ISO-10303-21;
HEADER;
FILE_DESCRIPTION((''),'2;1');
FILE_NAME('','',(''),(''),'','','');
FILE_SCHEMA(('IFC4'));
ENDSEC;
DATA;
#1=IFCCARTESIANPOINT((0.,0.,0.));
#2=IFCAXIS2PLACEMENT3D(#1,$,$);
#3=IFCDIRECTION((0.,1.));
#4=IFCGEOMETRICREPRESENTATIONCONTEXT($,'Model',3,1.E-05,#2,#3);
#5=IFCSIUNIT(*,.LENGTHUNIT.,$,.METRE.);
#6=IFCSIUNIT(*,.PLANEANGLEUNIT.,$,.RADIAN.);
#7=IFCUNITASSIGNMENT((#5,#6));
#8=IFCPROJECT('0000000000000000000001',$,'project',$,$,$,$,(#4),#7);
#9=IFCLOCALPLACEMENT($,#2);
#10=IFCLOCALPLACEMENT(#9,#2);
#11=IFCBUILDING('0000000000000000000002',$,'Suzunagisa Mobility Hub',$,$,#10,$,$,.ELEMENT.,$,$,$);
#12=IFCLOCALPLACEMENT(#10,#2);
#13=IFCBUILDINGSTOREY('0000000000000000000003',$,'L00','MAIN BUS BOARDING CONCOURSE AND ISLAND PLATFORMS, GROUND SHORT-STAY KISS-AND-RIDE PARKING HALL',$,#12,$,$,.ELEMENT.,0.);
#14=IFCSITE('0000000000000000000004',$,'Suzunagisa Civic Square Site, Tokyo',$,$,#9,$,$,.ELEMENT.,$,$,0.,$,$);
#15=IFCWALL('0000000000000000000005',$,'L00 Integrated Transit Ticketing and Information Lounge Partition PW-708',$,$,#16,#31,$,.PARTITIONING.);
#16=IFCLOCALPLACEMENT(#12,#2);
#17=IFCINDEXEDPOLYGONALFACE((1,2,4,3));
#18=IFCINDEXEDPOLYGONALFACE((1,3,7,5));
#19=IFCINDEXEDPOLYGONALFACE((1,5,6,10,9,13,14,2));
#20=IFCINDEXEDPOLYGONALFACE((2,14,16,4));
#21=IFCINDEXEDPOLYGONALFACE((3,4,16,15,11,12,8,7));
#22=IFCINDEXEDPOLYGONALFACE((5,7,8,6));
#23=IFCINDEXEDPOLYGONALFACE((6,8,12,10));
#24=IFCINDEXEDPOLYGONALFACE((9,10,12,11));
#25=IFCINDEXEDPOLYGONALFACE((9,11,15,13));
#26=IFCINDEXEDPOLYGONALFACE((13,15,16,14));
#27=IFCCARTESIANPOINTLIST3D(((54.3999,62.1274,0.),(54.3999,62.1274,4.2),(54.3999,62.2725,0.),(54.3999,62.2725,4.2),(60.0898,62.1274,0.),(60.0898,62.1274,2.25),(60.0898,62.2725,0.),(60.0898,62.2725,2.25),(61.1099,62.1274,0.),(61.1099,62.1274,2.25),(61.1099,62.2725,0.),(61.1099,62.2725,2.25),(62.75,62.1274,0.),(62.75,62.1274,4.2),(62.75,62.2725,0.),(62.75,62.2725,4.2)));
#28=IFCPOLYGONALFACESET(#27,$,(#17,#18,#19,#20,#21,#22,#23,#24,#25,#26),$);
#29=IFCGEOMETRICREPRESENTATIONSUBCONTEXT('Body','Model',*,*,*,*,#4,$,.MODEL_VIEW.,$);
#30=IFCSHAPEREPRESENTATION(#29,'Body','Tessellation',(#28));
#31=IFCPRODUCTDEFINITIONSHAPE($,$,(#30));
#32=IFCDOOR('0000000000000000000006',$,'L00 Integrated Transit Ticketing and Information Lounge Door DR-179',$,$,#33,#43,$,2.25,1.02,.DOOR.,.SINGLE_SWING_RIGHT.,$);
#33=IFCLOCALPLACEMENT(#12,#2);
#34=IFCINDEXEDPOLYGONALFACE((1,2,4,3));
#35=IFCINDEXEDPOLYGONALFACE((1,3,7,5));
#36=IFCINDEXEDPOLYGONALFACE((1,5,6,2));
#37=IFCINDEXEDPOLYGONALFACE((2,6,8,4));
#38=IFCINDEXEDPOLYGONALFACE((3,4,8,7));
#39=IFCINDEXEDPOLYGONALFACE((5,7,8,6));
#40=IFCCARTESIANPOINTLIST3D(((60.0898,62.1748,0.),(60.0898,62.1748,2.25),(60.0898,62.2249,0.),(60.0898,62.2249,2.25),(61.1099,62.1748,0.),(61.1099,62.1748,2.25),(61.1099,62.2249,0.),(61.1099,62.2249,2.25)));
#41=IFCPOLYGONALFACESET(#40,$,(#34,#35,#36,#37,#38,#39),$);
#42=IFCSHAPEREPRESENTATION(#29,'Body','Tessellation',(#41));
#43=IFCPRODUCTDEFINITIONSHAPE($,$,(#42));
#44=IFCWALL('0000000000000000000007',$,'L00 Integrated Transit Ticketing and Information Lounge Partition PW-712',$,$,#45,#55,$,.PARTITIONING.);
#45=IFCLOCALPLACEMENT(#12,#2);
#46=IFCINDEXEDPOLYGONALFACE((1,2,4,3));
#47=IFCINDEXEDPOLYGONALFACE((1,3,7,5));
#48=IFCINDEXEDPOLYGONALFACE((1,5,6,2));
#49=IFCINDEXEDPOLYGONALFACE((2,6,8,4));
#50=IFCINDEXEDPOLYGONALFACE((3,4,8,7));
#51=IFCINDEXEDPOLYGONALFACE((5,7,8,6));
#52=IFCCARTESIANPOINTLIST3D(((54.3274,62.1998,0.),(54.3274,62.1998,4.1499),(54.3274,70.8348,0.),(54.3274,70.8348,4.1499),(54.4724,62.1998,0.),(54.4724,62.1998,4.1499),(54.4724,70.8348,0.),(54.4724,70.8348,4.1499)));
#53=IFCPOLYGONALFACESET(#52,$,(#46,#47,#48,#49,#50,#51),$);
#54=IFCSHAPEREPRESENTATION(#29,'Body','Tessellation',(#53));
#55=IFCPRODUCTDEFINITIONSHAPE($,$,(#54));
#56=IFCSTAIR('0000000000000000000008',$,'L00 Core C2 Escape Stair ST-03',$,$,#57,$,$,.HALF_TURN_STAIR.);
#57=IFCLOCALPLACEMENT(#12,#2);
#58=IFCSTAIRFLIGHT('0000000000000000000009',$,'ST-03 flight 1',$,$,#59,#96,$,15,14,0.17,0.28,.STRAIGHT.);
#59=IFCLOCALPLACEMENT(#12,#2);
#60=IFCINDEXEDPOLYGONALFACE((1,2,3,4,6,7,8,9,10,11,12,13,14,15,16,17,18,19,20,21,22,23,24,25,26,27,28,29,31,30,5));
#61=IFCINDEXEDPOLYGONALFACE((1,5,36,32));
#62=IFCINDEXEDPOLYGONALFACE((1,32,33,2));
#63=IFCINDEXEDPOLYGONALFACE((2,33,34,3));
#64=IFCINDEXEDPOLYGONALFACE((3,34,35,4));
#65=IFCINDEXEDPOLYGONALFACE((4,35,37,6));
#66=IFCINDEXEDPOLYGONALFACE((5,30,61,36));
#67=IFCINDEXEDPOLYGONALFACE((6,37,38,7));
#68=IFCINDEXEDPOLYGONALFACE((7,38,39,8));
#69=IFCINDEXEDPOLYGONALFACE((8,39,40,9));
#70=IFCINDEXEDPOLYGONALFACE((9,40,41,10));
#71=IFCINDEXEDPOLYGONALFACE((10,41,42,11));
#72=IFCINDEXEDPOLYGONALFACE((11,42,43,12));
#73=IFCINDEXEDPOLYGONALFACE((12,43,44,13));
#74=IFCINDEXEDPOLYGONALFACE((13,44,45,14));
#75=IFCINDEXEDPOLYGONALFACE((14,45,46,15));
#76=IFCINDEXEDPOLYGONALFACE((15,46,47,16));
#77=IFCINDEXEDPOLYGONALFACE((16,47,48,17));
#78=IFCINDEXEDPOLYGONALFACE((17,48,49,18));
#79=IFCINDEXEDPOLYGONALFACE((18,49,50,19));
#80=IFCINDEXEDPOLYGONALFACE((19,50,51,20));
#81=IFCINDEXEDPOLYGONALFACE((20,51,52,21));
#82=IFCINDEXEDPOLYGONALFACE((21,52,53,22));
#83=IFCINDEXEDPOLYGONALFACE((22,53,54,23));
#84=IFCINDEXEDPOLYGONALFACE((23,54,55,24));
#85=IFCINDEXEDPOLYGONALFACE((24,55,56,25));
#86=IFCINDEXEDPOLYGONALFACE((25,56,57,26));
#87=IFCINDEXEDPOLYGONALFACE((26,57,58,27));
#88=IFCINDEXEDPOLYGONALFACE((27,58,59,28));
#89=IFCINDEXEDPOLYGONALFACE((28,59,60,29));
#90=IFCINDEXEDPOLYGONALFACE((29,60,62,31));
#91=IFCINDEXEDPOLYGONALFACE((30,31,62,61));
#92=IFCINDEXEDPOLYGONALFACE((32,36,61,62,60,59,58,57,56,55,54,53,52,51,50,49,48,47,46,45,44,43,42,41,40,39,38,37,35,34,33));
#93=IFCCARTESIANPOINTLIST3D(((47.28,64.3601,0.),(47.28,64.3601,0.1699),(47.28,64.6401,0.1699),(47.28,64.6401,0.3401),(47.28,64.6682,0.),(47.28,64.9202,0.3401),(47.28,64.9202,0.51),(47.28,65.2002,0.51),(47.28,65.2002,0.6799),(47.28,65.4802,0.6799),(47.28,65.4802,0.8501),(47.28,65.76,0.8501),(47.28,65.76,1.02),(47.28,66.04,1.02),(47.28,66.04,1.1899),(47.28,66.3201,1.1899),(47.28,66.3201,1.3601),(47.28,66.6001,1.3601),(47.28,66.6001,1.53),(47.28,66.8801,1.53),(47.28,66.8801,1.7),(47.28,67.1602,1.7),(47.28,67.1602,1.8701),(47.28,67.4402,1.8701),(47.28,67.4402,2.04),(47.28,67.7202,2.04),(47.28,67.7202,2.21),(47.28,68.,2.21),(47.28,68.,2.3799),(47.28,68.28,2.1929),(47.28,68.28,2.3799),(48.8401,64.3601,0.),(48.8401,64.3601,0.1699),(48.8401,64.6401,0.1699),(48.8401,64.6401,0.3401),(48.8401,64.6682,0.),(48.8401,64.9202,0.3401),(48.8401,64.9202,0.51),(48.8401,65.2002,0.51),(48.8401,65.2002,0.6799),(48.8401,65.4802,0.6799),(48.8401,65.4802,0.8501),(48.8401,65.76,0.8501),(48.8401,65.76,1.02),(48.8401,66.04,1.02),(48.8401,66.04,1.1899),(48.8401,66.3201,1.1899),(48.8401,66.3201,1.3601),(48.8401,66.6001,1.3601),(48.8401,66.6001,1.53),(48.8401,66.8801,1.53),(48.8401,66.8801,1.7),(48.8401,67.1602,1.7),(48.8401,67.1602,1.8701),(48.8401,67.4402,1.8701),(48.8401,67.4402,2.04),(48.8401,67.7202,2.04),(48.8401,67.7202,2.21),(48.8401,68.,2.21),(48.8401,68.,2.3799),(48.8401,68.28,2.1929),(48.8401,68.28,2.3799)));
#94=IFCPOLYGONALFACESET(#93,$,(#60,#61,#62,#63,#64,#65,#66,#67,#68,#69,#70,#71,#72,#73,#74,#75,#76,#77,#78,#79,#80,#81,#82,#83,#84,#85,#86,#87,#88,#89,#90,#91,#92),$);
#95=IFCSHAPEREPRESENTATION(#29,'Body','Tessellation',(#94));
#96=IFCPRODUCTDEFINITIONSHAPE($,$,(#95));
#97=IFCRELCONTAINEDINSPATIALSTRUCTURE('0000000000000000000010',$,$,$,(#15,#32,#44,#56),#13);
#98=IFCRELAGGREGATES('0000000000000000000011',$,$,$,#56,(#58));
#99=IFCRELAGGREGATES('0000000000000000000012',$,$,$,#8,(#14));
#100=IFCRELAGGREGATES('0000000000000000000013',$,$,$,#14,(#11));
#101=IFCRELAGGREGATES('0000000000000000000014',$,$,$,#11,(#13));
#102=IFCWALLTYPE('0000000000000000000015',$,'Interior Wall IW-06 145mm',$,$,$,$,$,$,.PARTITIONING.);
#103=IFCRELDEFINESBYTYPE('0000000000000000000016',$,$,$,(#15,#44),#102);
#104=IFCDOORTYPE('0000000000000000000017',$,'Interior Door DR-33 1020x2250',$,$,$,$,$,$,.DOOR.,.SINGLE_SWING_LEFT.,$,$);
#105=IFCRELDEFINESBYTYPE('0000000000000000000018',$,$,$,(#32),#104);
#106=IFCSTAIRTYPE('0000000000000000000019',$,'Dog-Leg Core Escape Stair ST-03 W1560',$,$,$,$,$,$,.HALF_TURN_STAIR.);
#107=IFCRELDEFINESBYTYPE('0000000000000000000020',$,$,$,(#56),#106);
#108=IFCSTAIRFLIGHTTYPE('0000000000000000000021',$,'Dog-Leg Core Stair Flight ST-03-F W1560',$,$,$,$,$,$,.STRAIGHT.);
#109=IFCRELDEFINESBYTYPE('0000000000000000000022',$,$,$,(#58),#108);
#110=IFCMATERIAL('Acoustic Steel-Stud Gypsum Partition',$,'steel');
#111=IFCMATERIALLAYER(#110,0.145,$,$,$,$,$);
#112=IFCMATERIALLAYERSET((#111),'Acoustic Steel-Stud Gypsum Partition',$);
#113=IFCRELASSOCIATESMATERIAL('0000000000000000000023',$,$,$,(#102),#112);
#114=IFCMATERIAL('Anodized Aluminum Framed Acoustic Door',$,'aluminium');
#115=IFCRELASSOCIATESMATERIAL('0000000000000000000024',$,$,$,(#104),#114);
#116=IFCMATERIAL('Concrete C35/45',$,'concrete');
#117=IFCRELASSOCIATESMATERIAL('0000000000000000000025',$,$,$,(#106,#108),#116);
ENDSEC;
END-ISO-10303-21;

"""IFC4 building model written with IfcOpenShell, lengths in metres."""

from ifc_helpers import new_model, si_unit, direction, frame, frame_2d, origin, place, context, subcontext, project, spatial, polyline, rectangle, outline, extrude, material, layer, layer_set, type_object, element, fill, aggregate, save


model = new_model("IFC4")

# Units and contexts
model_context = context("Model", 3, precision=1e-05, world=origin(), true_north=direction((0.0, 1.0)))
body_context = subcontext(model_context, "Body", "Model", "MODEL_VIEW")
ifc_project = project(units=[si_unit("LENGTHUNIT", "METRE"), si_unit("PLANEANGLEUNIT", "RADIAN")], contexts=[model_context])

# Site, building, storey
site_placement = place(None, origin())
site = spatial("IfcSite", under=ifc_project, at=site_placement, Name="Suzunagisa Civic Square Site, Tokyo", CompositionType="ELEMENT", RefElevation=0.0)
building_placement = place(site_placement, origin())
building = spatial("IfcBuilding", under=site, at=building_placement, Name="Suzunagisa Mobility Hub", CompositionType="ELEMENT")
storey_placement = place(building_placement, origin())
storey = spatial("IfcBuildingStorey", under=building, at=storey_placement, Name="L00", Description="MAIN BUS BOARDING CONCOURSE AND ISLAND PLATFORMS, GROUND SHORT-STAY KISS-AND-RIDE PARKING HALL", CompositionType="ELEMENT", Elevation=0.0)

# Wall, opening, door
ifc_material_1 = material(Name="Concrete C35/45", Category="concrete")
ifc_material_2 = material(Name="Acoustic Steel-Stud Gypsum Partition", Category="steel")
ifc_layer_1 = layer(ifc_material_2, 0.145)
ifc_layer_set_1 = layer_set([ifc_layer_1], Name="Acoustic Steel-Stud Gypsum Partition")
wall_type_1 = type_object("IfcWallType", Name="Interior Wall IW-06 145mm", PredefinedType="PARTITIONING", material=ifc_layer_set_1)
wall_1_placement = place(storey_placement, frame((54.3999, 62.2, 0.0), z_axis=(0.0, 0.0, 1.0), x_axis=(1.0, 0.0, 0.0)))
wall_1 = element("IfcWall", 1, at=wall_1_placement, inside=storey, type_object=wall_type_1, Name="L00 Integrated Transit Ticketing and Information Lounge Partition PW-708", PredefinedType="PARTITIONING", context=body_context, shape_type="SweptSolid", body=[
    extrude(rectangle(XDim=8.3501, YDim=0.145, at=frame_2d((4.175, 0.0))), origin(), (0.0, 0.0, 1.0), 4.2),
])
opening_1_placement = place(wall_1_placement, frame((5.6899, 0.0, 0.0)))
opening_1 = element("IfcOpeningElement", 2, at=opening_1_placement, cuts=wall_1, PredefinedType="OPENING", context=body_context, shape_type="SweptSolid", body=[
    extrude(rectangle(XDim=1.02, YDim=2.25, at=frame_2d((0.51, 1.125))), frame((0.0, 0.0835, 0.0), z_axis=(0.0, -1.0, 0.0), x_axis=(1.0, 0.0, 0.0)), (0.0, 0.0, 1.0), 0.167),
])
ifc_material_3 = material(Name="Anodized Aluminum Framed Acoustic Door", Category="aluminium")
door_type_1 = type_object("IfcDoorType", Name="Interior Door DR-33 1020x2250", OperationType="SINGLE_SWING_LEFT", PredefinedType="DOOR", material=ifc_material_3)
door_1_placement = place(opening_1_placement, origin())
door_1 = element("IfcDoor", 3, at=door_1_placement, inside=storey, type_object=door_type_1, Name="L00 Integrated Transit Ticketing and Information Lounge Door DR-179", OperationType="SINGLE_SWING_RIGHT", OverallHeight=2.25, OverallWidth=1.02, PredefinedType="DOOR", context=body_context, shape_type="SweptSolid", body=[
    extrude(rectangle(XDim=1.02, YDim=2.25, at=frame_2d((0.51, 1.125))), frame((0.0, 0.0249, 0.0), z_axis=(0.0, -1.0, 0.0), x_axis=(1.0, 0.0, 0.0)), (0.0, 0.0, 1.0), 0.05),
])
fill(opening_1, door_1)

# Wall
wall_2_placement = place(storey_placement, frame((54.3999, 62.2, 0.0), z_axis=(0.0, 0.0, 1.0), x_axis=(0.0, 1.0, 0.0)))
element("IfcWall", 4, at=wall_2_placement, inside=storey, type_object=wall_type_1, Name="L00 Integrated Transit Ticketing and Information Lounge Partition PW-712", PredefinedType="PARTITIONING", context=body_context, shape_type="SweptSolid", body=[
    extrude(rectangle(XDim=8.635, YDim=0.145, at=frame_2d((4.3174, 0.0))), origin(), (0.0, 0.0, 1.0), 4.1499),
])

# Stair, stair flight
stair_type = type_object("IfcStairType", Name="Dog-Leg Core Escape Stair ST-03 W1560", PredefinedType="HALF_TURN_STAIR", material=ifc_material_1)
stair_placement = place(storey_placement, origin())
stair = element("IfcStair", 5, at=stair_placement, inside=storey, type_object=stair_type, Name="L00 Core C2 Escape Stair ST-03", PredefinedType="HALF_TURN_STAIR")
stair_flight_type = type_object("IfcStairFlightType", Name="Dog-Leg Core Stair Flight ST-03-F W1560", PredefinedType="STRAIGHT", material=ifc_material_1)
stair_flight_placement = place(storey_placement, frame((48.0601, 64.3601, 0.0), z_axis=(0.0, 0.0, 1.0), x_axis=(0.0, 1.0, 0.0)))
stair_flight = element("IfcStairFlight", 6, at=stair_flight_placement, type_object=stair_flight_type, Name="ST-03 flight 1", NumberOfRisers=15, NumberOfTreads=14, PredefinedType="STRAIGHT", RiserHeight=0.17, TreadLength=0.28, context=body_context, shape_type="SweptSolid", body=[
    extrude(outline(polyline([(0.0, 0.0), (0.0, 0.1699), (0.28, 0.1699), (0.28, 0.3401), (0.5601, 0.3401), (0.5601, 0.51), (0.8401, 0.51), (0.8401, 0.6799), (1.1201, 0.6799), (1.1201, 0.8501), (1.3999, 0.8501), (1.3999, 1.02), (1.6799, 1.02), (1.6799, 1.1899), (1.96, 1.1899), (1.96, 1.3601), (2.24, 1.3601), (2.24, 1.53), (2.52, 1.53), (2.52, 1.7), (2.8, 1.7), (2.8, 1.8701), (3.0801, 1.8701), (3.0801, 2.04), (3.3601, 2.04), (3.3601, 2.21), (3.6399, 2.21), (3.6399, 2.3799), (3.9199, 2.3799), (3.9199, 2.55), (3.9199, 2.1929), (0.3081, 0.0), (0.0, 0.0)])), frame((0.0, 0.78, 0.0), z_axis=(0.0, -1.0, 0.0), x_axis=(1.0, 0.0, 0.0)), (0.0, 0.0, 1.0), 1.5601),
])
aggregate(stair, [stair_flight])

save(model, "model.ifc")
